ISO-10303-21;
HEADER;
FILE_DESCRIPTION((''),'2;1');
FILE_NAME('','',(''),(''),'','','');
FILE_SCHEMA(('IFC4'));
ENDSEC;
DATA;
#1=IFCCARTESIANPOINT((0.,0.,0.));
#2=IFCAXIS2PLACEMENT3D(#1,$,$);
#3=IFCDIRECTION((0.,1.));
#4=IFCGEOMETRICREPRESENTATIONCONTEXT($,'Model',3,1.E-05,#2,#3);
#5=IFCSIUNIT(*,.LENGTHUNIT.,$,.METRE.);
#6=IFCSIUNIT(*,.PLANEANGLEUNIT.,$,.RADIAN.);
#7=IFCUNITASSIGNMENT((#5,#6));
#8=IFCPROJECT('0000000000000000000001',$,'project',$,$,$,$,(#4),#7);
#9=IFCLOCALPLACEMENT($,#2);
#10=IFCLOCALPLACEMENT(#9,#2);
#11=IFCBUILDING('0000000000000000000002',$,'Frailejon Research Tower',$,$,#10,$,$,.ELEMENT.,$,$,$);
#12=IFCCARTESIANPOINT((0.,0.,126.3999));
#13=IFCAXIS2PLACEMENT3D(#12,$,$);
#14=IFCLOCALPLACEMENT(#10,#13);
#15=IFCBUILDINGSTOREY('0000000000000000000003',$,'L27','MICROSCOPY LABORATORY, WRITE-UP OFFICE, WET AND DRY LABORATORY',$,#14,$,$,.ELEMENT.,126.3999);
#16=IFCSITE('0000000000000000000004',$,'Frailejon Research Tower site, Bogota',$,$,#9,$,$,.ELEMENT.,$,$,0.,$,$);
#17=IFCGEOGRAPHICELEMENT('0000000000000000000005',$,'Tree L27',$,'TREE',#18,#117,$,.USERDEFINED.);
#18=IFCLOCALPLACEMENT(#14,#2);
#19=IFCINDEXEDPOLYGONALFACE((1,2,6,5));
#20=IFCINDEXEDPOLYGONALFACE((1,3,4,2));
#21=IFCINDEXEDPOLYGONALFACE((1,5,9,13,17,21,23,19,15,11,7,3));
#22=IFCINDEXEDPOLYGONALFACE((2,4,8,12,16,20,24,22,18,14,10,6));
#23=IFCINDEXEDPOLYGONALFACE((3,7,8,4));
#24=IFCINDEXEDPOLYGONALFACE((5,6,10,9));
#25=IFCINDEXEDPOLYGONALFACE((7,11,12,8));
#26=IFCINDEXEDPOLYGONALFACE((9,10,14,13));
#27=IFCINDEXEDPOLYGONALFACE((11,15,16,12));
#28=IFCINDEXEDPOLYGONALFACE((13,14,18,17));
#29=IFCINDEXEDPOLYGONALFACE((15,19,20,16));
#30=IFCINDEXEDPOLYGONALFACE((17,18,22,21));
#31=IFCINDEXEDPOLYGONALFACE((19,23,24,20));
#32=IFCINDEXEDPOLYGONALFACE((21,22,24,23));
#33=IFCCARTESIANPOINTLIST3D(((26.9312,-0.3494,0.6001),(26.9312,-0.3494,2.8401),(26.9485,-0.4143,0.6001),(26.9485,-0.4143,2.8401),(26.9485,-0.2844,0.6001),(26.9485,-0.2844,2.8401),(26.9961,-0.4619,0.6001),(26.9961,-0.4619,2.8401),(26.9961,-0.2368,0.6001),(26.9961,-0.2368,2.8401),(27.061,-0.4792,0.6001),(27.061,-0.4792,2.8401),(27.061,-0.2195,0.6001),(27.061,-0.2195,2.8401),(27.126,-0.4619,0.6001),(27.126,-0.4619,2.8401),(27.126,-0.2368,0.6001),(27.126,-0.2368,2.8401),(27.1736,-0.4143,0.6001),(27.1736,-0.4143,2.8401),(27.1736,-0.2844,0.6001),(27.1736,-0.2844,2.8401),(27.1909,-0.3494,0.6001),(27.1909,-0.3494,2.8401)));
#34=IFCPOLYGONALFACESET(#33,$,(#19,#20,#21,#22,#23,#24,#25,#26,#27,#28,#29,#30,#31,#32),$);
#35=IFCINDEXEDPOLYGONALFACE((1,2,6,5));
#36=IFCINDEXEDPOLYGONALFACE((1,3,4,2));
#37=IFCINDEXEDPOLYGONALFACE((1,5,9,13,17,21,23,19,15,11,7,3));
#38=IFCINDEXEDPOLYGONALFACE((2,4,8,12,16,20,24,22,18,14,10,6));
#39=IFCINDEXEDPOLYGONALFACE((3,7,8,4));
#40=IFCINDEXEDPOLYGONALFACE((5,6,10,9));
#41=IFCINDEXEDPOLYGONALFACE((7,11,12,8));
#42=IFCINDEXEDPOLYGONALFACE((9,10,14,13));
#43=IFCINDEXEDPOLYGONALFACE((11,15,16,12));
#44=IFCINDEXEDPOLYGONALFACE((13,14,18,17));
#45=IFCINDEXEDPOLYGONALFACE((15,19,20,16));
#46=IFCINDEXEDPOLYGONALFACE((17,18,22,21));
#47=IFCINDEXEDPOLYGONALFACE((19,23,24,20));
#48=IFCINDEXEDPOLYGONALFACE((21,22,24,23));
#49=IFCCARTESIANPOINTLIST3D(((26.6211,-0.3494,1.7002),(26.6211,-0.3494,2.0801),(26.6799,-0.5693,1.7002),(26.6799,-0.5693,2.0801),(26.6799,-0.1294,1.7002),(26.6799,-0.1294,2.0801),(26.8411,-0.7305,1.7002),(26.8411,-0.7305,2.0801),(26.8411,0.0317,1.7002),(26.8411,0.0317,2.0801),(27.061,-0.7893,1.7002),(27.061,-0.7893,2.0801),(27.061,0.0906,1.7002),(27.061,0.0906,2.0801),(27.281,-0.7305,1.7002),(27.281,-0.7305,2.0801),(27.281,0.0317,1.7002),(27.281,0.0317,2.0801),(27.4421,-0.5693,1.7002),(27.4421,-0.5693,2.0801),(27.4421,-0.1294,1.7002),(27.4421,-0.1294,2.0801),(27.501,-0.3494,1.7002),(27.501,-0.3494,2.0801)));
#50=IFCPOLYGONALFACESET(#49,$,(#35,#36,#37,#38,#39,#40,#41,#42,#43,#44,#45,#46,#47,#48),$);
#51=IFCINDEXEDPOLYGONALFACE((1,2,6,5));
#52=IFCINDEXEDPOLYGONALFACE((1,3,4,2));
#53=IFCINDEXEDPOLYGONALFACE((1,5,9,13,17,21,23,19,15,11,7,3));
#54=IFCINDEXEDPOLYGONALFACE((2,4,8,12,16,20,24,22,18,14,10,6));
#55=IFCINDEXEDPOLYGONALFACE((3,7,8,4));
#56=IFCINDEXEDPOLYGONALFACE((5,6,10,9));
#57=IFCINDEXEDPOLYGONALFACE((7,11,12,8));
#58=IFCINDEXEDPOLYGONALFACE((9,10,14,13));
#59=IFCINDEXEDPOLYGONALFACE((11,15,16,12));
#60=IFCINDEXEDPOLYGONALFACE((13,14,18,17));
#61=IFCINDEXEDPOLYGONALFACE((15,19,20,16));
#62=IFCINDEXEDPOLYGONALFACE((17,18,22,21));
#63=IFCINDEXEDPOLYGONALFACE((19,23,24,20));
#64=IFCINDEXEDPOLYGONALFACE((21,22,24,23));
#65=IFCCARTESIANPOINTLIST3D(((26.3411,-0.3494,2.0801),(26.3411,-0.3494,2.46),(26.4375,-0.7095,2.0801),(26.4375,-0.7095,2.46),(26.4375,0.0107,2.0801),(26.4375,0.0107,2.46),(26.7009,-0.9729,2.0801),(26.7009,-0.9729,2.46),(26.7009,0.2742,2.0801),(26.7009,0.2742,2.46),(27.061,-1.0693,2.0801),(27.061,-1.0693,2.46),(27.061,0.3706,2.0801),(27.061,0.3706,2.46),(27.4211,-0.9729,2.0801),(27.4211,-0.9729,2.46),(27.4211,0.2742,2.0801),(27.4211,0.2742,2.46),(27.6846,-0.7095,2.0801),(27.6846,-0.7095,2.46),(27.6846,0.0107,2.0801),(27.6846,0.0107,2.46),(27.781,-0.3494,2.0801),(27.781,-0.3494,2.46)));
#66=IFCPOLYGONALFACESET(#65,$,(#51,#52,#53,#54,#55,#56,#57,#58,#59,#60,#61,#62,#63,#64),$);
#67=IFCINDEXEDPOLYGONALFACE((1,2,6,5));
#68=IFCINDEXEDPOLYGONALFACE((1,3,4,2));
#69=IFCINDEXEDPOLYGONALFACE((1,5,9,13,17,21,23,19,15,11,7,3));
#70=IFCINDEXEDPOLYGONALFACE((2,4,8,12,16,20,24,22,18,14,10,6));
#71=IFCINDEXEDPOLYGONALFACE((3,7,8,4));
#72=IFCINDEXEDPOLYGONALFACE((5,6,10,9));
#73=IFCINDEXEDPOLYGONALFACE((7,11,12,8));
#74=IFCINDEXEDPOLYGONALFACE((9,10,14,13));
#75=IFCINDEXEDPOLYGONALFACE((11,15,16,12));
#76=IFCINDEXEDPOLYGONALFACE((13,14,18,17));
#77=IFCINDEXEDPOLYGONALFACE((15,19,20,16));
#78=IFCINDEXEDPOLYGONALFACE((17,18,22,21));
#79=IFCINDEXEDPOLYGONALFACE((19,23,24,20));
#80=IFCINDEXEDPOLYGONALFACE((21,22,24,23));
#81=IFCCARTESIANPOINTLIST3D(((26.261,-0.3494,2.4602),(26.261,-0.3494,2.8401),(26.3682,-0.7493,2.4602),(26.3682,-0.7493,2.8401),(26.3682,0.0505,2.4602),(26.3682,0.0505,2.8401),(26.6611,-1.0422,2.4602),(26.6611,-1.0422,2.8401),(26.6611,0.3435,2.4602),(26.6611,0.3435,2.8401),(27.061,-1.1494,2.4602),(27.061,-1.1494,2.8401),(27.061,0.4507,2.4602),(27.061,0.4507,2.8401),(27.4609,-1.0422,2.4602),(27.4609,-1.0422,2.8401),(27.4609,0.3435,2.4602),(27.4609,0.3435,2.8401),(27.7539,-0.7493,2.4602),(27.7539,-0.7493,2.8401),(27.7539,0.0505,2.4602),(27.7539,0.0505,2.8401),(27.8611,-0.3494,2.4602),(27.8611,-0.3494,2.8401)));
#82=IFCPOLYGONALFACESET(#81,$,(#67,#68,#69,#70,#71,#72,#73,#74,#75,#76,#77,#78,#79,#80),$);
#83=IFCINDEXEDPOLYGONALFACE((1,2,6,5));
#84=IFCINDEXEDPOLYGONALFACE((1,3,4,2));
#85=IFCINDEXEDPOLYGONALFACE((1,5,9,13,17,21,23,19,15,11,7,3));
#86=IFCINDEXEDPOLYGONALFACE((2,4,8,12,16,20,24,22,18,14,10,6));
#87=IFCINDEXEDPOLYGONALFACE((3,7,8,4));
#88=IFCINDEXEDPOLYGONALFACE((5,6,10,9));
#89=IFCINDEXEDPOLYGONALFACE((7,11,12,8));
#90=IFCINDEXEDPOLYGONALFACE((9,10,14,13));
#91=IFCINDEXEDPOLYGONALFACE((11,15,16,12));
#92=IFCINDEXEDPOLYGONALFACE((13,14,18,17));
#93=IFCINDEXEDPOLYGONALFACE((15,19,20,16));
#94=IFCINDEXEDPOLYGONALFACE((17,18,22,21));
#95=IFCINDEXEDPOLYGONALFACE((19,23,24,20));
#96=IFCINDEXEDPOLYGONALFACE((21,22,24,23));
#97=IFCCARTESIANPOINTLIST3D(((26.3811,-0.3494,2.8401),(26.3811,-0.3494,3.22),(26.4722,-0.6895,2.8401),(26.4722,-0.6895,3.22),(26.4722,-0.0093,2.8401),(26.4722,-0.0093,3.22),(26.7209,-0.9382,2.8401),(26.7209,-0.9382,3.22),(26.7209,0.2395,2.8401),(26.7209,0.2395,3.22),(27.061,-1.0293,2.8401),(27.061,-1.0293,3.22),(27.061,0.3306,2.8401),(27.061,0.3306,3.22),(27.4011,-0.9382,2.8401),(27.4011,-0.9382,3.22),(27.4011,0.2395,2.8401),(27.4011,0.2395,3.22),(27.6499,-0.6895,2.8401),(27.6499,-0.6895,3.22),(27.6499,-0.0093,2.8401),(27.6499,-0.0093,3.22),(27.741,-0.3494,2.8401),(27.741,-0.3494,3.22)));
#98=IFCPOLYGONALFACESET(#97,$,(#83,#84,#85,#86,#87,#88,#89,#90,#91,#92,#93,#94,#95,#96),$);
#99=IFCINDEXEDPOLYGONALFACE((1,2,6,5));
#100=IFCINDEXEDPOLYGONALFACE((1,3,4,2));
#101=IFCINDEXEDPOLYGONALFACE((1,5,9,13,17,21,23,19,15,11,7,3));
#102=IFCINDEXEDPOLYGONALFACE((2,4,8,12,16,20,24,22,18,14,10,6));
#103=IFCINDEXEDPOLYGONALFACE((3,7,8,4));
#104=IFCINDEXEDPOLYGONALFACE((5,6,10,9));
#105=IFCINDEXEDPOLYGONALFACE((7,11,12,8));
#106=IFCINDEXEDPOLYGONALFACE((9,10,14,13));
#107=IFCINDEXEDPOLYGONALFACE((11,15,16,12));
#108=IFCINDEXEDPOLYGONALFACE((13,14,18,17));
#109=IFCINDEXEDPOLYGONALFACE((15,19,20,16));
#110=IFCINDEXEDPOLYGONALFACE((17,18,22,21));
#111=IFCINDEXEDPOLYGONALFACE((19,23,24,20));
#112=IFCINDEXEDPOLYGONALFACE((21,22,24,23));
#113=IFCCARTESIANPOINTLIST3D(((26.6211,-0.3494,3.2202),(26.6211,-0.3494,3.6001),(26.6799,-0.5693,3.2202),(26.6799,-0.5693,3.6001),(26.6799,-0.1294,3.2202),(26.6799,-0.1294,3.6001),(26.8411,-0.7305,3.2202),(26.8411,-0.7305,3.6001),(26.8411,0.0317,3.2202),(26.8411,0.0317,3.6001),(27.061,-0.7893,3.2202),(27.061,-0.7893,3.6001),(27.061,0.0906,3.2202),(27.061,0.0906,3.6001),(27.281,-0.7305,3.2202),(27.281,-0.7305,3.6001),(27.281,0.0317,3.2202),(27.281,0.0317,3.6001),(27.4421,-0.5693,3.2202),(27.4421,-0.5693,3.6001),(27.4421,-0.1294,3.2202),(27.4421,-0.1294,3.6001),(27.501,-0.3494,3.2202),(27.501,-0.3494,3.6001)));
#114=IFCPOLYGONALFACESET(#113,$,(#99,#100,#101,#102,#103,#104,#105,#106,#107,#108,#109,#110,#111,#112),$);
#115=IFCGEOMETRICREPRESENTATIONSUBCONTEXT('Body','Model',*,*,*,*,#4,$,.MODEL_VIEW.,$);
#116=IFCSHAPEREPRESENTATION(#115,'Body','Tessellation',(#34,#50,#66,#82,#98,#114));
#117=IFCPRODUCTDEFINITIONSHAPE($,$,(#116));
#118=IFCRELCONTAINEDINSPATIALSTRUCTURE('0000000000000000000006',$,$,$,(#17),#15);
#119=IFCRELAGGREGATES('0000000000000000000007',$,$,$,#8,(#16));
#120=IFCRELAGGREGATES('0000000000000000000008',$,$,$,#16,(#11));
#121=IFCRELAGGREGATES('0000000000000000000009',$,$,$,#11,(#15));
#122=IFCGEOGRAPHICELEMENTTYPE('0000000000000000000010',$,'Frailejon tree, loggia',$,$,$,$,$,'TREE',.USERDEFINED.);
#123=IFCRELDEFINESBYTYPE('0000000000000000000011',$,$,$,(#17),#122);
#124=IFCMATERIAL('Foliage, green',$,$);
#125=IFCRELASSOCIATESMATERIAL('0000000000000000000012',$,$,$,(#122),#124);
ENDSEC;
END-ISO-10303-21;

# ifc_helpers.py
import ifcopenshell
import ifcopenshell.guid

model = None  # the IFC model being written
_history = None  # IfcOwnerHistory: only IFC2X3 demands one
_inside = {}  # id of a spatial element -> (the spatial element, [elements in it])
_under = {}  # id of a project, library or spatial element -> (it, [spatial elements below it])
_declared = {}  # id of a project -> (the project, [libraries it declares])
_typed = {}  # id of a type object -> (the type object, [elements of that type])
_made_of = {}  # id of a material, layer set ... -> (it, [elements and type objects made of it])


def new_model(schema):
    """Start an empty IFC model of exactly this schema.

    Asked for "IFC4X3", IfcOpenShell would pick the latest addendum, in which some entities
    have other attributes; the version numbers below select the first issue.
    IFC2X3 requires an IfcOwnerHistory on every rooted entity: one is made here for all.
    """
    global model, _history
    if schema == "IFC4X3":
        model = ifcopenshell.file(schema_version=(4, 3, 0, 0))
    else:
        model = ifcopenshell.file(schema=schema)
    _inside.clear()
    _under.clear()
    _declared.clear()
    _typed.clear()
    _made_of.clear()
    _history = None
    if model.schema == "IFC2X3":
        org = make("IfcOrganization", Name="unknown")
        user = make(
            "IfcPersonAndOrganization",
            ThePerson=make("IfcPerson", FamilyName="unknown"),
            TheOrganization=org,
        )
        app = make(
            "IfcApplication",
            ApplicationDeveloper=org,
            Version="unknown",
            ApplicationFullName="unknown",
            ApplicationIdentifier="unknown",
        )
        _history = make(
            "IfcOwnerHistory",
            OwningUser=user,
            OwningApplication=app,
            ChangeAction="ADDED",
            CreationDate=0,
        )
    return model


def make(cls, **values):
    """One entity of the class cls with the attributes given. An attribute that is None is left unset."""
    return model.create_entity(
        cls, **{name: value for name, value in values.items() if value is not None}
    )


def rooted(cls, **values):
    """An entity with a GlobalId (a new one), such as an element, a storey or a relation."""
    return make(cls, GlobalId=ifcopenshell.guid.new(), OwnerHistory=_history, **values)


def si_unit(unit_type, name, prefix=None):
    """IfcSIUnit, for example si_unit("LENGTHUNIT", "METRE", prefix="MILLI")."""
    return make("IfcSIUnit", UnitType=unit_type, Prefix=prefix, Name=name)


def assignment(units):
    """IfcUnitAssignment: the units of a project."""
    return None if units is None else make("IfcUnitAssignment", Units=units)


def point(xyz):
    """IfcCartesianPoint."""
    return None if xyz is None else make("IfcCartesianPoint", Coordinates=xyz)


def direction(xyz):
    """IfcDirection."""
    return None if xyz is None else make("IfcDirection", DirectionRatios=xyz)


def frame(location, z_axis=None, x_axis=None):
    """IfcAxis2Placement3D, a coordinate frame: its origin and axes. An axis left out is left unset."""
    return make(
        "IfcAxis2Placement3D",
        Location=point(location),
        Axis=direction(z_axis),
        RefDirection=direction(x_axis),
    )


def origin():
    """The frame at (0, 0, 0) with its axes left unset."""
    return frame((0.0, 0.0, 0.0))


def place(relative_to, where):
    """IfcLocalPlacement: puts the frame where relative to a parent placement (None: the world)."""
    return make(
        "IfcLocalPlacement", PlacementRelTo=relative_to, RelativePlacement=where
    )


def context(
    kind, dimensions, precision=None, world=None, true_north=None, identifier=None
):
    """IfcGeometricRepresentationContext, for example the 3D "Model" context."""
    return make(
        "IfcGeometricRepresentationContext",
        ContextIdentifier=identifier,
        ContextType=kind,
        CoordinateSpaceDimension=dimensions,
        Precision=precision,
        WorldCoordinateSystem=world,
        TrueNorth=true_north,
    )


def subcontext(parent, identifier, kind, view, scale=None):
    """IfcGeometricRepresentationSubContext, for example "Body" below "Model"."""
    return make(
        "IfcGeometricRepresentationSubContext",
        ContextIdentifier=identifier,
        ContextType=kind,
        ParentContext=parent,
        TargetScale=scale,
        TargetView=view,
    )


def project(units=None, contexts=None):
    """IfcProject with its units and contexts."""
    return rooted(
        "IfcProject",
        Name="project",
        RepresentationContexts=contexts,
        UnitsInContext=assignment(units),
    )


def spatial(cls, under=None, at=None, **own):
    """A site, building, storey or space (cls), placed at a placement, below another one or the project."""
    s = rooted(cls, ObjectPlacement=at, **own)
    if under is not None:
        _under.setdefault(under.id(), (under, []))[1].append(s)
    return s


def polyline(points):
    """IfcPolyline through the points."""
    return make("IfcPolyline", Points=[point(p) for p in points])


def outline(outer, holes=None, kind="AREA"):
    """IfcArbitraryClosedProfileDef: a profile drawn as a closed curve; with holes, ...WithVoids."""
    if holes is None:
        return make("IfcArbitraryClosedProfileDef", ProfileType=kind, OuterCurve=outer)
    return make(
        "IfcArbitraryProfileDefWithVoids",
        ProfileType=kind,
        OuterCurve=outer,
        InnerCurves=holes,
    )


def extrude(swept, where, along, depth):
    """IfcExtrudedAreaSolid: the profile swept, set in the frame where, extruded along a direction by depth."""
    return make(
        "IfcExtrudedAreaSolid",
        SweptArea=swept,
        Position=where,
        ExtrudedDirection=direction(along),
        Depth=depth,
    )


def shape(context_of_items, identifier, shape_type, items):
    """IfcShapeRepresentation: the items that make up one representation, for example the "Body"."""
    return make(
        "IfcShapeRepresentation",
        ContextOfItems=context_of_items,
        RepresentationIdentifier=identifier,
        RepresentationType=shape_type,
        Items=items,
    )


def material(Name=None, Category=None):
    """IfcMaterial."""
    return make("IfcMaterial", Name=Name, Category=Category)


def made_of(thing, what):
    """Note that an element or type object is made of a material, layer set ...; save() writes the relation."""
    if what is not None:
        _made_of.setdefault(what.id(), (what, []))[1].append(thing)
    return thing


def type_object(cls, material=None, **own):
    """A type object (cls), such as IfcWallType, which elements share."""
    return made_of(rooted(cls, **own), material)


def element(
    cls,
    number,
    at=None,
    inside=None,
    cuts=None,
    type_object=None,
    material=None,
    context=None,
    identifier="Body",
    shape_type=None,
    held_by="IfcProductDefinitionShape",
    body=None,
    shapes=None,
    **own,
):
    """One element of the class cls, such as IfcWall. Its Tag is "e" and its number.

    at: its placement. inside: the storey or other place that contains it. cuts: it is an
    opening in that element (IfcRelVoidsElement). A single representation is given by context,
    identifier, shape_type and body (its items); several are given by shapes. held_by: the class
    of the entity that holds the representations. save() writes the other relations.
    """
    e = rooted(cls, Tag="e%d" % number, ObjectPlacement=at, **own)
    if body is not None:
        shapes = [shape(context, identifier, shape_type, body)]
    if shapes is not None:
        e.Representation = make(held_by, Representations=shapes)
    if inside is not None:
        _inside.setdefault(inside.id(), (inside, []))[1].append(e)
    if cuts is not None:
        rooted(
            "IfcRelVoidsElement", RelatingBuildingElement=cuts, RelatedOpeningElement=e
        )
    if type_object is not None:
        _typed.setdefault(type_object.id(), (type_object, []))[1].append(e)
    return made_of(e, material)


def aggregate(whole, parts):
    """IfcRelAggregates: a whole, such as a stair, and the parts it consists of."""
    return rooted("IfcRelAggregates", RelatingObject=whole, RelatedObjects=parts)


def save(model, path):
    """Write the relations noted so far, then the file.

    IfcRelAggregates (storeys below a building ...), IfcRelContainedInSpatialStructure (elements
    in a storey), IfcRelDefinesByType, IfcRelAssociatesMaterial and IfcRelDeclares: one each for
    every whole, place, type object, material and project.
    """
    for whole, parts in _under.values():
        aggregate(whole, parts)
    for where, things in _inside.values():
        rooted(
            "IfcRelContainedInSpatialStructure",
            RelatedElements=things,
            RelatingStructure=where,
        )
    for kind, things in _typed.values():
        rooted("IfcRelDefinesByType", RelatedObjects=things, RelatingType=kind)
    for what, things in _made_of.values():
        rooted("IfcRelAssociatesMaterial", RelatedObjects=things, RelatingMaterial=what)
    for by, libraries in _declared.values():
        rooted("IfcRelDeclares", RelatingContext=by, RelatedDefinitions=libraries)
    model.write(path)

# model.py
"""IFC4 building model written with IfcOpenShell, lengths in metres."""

from ifc_helpers import new_model, si_unit, direction, frame, origin, place, context, subcontext, project, spatial, polyline, outline, extrude, material, type_object, element, save


model = new_model("IFC4")

# Units and contexts
model_context = context("Model", 3, precision=1e-05, world=origin(), true_north=direction((0.0, 1.0)))
body_context = subcontext(model_context, "Body", "Model", "MODEL_VIEW")
ifc_project = project(units=[si_unit("LENGTHUNIT", "METRE"), si_unit("PLANEANGLEUNIT", "RADIAN")], contexts=[model_context])

# Site, building, storey
site_placement = place(None, origin())
site = spatial("IfcSite", under=ifc_project, at=site_placement, Name="Frailejon Research Tower site, Bogota", CompositionType="ELEMENT", RefElevation=0.0)
building_placement = place(site_placement, origin())
building = spatial("IfcBuilding", under=site, at=building_placement, Name="Frailejon Research Tower", CompositionType="ELEMENT")
storey_placement = place(building_placement, frame((0.0, 0.0, 126.3999)))
storey = spatial("IfcBuildingStorey", under=building, at=storey_placement, Name="L27", Description="MICROSCOPY LABORATORY, WRITE-UP OFFICE, WET AND DRY LABORATORY", CompositionType="ELEMENT", Elevation=126.3999)

# Geographic element
ifc_material_1 = material(Name="Foliage, green")
geographic_element_type = type_object("IfcGeographicElementType", Name="Frailejon tree, loggia", ElementType="TREE", PredefinedType="USERDEFINED", material=ifc_material_1)
geographic_element_placement = place(storey_placement, frame((27.061, -0.3494, 0.6001)))
element("IfcGeographicElement", 1, at=geographic_element_placement, inside=storey, type_object=geographic_element_type, Name="Tree L27", ObjectType="TREE", PredefinedType="USERDEFINED", context=body_context, shape_type="SweptSolid", body=[
    extrude(outline(polyline([(0.1299, 0.0), (0.1125, 0.0649), (0.0649, 0.1125), (0.0, 0.1299), (-0.0649, 0.1125), (-0.1125, 0.0649), (-0.1299, 0.0), (-0.1125, -0.0649), (-0.0649, -0.1125), (0.0, -0.1299), (0.0649, -0.1125), (0.1125, -0.0649), (0.1299, 0.0)])), origin(), (0.0, 0.0, 1.0), 2.24),
    extrude(outline(polyline([(0.4399, 0.0), (0.3811, 0.22), (0.22, 0.3811), (0.0, 0.4399), (-0.22, 0.3811), (-0.3811, 0.22), (-0.4399, 0.0), (-0.3811, -0.22), (-0.22, -0.3811), (0.0, -0.4399), (0.22, -0.3811), (0.3811, -0.22), (0.4399, 0.0)])), frame((0.0, 0.0, 1.1001)), (0.0, 0.0, 1.0), 0.3799),
    extrude(outline(polyline([(0.72, 0.0), (0.6235, 0.3601), (0.3601, 0.6235), (0.0, 0.72), (-0.3601, 0.6235), (-0.6235, 0.3601), (-0.72, 0.0), (-0.6235, -0.3601), (-0.3601, -0.6235), (0.0, -0.72), (0.3601, -0.6235), (0.6235, -0.3601), (0.72, 0.0)])), frame((0.0, 0.0, 1.48)), (0.0, 0.0, 1.0), 0.3799),
    extrude(outline(polyline([(0.8, 0.0), (0.6929, 0.3999), (0.3999, 0.6929), (0.0, 0.8), (-0.3999, 0.6929), (-0.6929, 0.3999), (-0.8, 0.0), (-0.6929, -0.3999), (-0.3999, -0.6929), (0.0, -0.8), (0.3999, -0.6929), (0.6929, -0.3999), (0.8, 0.0)])), frame((0.0, 0.0, 1.8601)), (0.0, 0.0, 1.0), 0.3799),
    extrude(outline(polyline([(0.6799, 0.0), (0.5889, 0.3401), (0.3401, 0.5889), (0.0, 0.6799), (-0.3401, 0.5889), (-0.5889, 0.3401), (-0.6799, 0.0), (-0.5889, -0.3401), (-0.3401, -0.5889), (0.0, -0.6799), (0.3401, -0.5889), (0.5889, -0.3401), (0.6799, 0.0)])), frame((0.0, 0.0, 2.24)), (0.0, 0.0, 1.0), 0.3799),
    extrude(outline(polyline([(0.4399, 0.0), (0.3811, 0.22), (0.22, 0.3811), (0.0, 0.4399), (-0.22, 0.3811), (-0.3811, 0.22), (-0.4399, 0.0), (-0.3811, -0.22), (-0.22, -0.3811), (0.0, -0.4399), (0.22, -0.3811), (0.3811, -0.22), (0.4399, 0.0)])), frame((0.0, 0.0, 2.6201)), (0.0, 0.0, 1.0), 0.3799),
])

save(model, "model.ifc")
